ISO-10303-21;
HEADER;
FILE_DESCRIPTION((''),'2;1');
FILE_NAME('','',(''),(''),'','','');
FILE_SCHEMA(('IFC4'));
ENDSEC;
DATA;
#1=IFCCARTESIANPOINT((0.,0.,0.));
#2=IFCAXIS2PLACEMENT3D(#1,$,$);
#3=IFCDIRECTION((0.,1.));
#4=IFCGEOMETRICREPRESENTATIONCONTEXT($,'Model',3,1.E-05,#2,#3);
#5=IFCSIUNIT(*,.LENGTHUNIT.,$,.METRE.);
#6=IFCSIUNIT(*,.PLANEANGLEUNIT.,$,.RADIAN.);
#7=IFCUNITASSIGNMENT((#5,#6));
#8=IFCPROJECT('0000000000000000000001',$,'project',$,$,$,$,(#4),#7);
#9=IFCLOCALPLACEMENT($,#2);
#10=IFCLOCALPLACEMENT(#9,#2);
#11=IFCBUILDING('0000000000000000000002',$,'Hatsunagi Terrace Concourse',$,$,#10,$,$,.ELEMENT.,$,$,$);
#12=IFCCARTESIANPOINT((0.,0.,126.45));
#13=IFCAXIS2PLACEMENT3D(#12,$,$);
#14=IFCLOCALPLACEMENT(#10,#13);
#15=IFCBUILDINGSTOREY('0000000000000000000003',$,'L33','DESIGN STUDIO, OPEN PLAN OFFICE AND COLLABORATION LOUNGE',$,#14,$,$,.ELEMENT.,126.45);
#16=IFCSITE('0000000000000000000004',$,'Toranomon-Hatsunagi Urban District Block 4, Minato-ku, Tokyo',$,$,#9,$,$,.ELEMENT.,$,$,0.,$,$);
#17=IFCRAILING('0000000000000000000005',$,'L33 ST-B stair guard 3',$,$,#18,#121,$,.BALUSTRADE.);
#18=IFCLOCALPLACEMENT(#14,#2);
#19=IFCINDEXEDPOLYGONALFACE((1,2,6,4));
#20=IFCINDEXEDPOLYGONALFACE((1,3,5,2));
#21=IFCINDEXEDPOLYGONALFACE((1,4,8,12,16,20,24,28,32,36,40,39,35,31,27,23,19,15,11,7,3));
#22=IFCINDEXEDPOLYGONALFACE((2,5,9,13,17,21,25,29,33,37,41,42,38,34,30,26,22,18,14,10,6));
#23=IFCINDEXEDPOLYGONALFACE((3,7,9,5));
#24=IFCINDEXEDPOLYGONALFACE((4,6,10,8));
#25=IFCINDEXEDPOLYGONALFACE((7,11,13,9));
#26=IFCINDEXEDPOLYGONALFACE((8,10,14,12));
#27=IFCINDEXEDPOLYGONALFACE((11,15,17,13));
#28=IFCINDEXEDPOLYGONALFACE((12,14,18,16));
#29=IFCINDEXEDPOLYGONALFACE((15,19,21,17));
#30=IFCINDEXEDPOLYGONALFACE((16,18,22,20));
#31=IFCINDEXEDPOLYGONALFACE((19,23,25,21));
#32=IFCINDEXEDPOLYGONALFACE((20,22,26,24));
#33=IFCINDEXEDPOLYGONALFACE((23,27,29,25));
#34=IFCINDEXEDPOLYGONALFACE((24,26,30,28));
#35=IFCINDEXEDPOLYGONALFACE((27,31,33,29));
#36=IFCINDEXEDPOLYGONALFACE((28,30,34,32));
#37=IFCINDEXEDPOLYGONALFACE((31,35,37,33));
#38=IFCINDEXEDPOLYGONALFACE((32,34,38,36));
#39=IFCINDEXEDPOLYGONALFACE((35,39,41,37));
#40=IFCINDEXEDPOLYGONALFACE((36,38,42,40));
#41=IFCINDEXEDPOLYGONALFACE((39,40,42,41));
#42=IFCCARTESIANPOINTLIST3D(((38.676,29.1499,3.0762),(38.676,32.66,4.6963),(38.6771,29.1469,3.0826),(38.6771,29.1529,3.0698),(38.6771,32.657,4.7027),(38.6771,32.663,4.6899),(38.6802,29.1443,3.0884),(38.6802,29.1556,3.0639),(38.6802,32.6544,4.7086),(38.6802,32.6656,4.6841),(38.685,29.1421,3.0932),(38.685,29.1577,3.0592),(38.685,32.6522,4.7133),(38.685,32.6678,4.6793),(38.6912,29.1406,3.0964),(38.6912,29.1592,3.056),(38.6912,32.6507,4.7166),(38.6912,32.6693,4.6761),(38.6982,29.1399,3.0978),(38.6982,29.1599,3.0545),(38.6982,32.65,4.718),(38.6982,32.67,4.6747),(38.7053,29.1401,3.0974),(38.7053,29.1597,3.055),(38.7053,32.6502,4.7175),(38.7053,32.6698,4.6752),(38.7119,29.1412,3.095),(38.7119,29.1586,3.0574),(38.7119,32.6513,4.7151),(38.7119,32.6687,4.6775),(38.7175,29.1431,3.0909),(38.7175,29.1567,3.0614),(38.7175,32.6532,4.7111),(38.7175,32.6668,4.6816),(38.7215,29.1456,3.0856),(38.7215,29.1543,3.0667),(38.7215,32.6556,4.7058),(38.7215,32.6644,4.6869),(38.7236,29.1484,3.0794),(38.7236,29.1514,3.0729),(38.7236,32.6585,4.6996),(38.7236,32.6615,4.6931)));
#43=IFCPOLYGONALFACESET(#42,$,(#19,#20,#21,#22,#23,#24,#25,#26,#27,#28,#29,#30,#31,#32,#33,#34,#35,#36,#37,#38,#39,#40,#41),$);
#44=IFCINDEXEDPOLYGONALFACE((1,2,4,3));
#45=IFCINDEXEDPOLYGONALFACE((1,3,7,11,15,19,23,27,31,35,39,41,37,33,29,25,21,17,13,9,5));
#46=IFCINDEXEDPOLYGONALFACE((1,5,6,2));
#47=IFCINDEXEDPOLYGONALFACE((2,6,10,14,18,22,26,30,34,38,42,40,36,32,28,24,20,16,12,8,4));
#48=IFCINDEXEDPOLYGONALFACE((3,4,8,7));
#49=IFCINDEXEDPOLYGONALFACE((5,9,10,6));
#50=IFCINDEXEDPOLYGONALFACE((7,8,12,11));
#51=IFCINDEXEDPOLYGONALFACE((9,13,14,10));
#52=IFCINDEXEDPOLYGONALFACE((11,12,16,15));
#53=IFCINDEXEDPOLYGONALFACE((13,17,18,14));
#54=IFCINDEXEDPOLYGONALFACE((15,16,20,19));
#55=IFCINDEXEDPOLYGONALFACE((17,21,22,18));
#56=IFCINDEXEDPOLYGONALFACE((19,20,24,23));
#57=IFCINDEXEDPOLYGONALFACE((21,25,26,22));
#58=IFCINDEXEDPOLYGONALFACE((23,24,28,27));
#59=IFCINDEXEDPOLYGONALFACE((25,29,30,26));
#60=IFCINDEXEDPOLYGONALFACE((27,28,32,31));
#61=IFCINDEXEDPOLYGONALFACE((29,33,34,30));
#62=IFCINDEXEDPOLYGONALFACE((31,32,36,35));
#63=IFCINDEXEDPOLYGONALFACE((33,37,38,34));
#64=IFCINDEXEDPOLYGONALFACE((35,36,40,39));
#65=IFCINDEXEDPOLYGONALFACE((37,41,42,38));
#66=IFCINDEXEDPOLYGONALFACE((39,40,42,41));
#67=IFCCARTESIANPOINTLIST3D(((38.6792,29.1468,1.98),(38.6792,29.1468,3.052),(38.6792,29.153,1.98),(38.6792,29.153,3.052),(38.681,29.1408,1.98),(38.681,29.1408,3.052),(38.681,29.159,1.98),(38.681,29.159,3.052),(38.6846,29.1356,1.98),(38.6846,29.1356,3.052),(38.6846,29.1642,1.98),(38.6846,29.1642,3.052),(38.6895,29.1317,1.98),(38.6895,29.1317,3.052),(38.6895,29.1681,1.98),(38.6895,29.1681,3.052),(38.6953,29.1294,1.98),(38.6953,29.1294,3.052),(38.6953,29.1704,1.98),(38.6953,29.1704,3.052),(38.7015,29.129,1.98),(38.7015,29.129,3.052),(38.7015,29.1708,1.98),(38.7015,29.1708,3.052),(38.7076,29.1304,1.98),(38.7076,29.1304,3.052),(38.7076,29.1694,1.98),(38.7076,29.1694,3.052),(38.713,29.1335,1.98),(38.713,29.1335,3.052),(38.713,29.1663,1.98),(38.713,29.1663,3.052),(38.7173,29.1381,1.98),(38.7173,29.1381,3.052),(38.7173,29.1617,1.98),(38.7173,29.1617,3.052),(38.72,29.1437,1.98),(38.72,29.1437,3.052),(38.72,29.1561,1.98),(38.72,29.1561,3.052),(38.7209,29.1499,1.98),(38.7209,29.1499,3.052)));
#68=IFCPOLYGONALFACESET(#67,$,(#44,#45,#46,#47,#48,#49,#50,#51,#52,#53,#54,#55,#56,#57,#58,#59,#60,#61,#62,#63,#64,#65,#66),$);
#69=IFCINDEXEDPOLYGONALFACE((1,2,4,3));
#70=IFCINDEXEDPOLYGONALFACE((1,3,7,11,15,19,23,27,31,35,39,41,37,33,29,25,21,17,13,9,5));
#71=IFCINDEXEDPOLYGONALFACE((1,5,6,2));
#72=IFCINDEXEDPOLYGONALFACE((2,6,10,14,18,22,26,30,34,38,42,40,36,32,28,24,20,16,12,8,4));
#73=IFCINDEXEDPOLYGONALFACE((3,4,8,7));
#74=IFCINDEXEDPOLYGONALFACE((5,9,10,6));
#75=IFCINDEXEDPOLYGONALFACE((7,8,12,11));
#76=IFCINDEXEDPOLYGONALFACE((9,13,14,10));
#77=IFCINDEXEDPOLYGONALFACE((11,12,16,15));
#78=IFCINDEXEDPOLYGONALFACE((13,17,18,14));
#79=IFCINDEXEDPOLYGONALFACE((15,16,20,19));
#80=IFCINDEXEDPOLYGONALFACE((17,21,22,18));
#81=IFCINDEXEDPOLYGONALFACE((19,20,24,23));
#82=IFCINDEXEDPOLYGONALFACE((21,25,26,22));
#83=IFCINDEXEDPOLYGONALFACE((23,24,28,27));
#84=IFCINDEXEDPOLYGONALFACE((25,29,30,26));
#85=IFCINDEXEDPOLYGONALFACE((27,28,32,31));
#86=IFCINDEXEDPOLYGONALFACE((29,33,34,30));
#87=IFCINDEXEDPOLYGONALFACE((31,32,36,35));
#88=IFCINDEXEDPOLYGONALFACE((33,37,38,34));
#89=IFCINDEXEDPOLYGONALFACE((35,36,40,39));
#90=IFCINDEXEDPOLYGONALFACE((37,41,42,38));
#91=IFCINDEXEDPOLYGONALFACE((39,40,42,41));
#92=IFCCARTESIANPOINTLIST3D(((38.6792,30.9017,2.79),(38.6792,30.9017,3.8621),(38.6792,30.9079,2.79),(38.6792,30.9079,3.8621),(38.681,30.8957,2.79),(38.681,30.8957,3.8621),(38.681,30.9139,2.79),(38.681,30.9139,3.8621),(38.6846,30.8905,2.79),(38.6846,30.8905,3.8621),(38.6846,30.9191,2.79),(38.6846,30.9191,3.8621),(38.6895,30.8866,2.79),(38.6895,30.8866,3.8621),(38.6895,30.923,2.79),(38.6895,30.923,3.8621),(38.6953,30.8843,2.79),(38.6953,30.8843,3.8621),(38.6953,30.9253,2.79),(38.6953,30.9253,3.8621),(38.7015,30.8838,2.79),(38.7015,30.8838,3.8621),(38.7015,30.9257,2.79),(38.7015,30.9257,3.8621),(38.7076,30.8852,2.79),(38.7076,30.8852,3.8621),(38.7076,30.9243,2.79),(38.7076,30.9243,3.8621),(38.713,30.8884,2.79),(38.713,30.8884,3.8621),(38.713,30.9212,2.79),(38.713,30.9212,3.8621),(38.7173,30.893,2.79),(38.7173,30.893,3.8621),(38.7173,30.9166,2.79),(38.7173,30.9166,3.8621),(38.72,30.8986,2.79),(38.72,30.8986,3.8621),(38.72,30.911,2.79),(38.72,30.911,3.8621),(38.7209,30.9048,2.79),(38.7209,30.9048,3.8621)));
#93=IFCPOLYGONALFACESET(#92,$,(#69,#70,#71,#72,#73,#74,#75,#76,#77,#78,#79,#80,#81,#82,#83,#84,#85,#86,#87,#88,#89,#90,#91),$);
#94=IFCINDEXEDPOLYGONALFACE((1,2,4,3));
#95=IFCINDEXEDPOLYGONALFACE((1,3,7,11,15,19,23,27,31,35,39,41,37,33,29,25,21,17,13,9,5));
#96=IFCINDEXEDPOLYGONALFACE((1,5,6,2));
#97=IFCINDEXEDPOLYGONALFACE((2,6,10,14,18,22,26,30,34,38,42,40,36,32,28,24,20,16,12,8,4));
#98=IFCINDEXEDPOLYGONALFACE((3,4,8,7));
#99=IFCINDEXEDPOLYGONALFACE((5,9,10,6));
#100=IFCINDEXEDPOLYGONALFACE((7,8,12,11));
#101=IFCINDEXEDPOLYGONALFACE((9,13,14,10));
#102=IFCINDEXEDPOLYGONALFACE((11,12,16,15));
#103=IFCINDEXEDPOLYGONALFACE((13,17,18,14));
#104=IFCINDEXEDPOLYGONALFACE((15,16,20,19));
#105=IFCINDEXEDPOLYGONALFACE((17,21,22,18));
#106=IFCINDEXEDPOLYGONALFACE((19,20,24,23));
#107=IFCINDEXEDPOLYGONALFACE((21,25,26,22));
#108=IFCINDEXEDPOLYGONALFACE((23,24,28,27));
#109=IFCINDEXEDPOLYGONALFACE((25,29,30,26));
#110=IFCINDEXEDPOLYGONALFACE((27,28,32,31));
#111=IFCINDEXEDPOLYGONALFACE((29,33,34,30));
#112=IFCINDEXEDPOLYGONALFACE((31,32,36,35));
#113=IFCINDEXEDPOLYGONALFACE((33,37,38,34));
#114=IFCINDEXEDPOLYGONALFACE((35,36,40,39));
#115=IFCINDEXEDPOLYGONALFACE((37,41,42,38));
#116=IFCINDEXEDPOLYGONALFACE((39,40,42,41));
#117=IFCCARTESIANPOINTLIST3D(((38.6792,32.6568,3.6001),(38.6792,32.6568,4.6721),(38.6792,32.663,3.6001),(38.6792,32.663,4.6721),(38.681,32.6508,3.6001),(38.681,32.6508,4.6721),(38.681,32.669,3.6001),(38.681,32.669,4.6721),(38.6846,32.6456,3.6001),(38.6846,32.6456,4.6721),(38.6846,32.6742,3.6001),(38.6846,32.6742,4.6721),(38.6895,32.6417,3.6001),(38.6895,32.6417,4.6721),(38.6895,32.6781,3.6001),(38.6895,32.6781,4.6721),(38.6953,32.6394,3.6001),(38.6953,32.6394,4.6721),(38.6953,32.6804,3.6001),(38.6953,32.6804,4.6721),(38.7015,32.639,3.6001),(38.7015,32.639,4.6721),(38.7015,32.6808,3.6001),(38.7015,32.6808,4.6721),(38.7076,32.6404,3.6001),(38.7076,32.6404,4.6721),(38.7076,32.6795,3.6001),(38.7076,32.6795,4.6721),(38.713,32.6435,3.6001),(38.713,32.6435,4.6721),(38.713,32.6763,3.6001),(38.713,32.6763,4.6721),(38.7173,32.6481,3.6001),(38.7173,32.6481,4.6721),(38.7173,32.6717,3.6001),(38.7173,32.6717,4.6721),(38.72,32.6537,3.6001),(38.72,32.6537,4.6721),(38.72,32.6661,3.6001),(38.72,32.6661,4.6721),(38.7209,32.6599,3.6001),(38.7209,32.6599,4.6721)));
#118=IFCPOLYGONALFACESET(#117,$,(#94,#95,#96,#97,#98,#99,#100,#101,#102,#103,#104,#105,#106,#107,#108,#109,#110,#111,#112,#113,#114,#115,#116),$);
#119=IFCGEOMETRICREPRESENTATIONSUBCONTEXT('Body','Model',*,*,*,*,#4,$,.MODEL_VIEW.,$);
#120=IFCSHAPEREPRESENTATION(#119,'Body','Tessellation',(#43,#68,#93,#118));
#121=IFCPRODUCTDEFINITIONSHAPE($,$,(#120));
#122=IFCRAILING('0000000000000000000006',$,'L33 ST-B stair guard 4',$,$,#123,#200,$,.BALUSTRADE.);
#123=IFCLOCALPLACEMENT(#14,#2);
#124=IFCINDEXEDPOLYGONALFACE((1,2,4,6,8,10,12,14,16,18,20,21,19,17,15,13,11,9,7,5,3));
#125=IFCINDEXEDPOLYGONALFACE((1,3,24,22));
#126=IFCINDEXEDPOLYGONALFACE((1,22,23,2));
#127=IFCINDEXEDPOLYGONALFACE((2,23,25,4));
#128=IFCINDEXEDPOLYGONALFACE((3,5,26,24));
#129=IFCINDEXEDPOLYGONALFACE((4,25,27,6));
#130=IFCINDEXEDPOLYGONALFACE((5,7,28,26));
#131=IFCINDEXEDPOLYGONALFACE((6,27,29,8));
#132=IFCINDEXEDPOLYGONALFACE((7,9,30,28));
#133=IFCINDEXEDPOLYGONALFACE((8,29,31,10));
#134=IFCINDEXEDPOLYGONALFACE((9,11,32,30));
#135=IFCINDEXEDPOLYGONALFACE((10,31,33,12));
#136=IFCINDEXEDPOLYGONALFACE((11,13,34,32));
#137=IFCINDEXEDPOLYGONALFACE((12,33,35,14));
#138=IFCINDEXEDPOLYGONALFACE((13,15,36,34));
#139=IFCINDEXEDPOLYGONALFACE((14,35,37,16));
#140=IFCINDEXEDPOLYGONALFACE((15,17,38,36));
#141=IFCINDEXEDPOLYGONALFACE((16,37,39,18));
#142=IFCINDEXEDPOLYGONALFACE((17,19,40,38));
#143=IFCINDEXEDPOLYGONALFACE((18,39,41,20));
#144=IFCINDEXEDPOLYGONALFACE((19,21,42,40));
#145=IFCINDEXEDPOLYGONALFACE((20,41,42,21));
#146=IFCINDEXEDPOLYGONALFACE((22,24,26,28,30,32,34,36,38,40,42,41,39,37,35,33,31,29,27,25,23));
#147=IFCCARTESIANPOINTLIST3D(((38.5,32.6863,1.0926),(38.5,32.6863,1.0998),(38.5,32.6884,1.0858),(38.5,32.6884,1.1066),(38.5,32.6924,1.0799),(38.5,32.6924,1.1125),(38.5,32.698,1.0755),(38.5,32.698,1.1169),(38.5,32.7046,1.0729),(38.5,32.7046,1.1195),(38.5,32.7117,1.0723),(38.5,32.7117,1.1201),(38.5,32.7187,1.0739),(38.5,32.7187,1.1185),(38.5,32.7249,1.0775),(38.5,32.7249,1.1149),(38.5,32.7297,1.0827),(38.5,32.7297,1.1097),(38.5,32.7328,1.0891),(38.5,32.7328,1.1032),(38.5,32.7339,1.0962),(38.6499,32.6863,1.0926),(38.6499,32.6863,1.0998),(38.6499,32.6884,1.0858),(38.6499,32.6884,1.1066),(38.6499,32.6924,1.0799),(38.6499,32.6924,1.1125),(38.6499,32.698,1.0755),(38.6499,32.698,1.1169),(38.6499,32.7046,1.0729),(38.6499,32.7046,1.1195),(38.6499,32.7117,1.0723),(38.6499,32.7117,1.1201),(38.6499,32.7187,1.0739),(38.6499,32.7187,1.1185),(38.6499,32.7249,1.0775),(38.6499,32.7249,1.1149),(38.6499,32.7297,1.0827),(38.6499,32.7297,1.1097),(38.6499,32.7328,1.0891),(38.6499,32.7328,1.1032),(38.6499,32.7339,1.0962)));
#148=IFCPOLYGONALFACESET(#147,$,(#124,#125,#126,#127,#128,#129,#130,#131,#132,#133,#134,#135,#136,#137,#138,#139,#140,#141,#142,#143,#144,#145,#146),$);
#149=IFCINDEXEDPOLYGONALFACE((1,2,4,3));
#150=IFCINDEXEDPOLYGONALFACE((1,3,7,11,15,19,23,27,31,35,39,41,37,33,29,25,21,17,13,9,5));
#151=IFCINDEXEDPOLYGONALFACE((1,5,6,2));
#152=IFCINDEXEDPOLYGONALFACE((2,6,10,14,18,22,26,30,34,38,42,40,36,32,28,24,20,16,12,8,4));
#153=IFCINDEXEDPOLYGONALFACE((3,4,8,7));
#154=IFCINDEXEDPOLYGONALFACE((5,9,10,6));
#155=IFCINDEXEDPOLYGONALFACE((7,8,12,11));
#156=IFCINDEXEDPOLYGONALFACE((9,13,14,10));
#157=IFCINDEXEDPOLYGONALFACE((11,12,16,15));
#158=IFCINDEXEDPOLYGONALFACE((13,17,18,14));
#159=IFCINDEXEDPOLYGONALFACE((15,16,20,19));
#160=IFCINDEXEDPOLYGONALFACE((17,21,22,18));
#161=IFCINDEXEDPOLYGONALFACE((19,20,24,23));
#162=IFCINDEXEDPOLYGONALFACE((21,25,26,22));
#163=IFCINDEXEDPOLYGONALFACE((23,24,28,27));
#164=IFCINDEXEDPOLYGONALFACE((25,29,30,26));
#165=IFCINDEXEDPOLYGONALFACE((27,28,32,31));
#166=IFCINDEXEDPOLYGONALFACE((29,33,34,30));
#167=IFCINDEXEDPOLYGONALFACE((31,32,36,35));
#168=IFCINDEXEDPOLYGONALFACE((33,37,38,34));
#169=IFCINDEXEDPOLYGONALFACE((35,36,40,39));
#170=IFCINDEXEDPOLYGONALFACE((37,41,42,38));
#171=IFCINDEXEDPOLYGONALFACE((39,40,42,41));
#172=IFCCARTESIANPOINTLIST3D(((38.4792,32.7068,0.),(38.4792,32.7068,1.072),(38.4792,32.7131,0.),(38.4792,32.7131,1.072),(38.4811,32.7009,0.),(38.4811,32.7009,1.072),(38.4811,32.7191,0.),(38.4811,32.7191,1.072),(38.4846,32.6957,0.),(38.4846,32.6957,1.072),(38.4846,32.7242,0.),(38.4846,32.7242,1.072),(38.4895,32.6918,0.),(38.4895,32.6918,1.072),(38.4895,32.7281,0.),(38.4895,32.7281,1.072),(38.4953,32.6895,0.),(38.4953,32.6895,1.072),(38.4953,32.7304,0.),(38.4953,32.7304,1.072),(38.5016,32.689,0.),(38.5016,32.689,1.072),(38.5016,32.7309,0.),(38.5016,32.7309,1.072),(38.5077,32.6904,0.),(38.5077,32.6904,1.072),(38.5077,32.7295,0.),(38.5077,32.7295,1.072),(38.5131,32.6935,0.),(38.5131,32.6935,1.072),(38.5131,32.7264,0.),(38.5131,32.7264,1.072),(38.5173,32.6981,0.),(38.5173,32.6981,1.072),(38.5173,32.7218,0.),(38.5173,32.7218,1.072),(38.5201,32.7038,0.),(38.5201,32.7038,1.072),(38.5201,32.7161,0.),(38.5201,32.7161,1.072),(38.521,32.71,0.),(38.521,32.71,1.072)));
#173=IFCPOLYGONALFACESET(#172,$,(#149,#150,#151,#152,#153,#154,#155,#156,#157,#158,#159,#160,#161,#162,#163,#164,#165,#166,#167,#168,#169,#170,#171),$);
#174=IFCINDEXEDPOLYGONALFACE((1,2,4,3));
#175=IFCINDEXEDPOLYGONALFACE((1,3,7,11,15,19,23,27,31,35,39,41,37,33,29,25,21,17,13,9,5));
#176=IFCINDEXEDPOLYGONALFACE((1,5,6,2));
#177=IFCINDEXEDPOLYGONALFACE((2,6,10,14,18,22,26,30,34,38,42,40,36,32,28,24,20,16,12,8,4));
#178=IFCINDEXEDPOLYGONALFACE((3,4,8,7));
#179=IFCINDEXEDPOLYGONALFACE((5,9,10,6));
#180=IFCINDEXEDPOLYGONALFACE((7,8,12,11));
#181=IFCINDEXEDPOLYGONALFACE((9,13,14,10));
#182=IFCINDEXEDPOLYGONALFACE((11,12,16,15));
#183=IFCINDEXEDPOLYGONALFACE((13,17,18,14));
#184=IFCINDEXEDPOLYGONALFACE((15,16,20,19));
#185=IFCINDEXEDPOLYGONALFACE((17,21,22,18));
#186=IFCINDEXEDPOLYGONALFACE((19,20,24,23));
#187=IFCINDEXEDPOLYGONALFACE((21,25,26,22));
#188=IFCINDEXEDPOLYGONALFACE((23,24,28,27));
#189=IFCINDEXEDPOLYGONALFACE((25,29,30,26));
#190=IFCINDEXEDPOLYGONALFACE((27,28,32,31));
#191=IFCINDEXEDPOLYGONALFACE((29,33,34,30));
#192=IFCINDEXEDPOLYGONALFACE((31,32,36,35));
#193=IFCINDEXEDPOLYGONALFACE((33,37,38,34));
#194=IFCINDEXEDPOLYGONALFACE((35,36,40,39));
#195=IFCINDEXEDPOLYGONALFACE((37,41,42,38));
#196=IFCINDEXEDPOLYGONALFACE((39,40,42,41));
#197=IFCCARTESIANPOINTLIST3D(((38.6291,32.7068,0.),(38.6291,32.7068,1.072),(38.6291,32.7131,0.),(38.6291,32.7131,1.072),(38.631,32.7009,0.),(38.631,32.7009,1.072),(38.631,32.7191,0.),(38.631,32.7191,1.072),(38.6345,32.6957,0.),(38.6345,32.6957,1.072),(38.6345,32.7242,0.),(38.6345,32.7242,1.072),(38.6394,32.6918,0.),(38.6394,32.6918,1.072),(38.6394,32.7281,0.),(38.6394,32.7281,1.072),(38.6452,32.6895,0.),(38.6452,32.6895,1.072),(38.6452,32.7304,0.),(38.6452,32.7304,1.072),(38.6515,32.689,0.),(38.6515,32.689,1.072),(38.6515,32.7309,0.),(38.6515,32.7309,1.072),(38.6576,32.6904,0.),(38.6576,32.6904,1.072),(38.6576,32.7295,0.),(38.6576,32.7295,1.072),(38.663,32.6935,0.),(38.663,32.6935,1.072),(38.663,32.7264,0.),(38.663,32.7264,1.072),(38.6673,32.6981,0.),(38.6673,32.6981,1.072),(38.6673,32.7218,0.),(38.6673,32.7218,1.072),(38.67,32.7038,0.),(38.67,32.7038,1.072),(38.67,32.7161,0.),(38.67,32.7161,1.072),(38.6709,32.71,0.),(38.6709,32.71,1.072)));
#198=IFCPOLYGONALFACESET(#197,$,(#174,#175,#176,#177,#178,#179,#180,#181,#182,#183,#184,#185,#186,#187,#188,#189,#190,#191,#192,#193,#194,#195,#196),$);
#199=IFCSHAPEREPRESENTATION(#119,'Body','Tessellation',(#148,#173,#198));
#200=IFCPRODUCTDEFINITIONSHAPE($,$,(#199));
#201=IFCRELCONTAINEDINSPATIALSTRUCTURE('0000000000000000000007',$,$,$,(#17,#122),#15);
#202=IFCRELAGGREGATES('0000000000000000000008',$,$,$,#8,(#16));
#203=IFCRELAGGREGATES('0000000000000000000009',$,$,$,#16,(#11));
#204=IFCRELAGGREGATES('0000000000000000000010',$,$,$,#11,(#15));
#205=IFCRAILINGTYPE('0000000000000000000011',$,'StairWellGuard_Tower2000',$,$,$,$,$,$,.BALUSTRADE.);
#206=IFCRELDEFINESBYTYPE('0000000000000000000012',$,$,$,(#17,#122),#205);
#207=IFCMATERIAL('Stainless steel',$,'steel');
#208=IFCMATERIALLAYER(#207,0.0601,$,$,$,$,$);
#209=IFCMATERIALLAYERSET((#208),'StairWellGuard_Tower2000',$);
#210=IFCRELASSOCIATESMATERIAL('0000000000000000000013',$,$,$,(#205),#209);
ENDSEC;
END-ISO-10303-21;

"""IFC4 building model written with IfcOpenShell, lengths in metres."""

from ifc_helpers import new_model, si_unit, direction, frame, origin, origin_2d, place, context, subcontext, project, spatial, circle, extrude, material, layer, layer_set, type_object, element, save


model = new_model("IFC4")

# Units and contexts
model_context = context("Model", 3, precision=1e-05, world=origin(), true_north=direction((0.0, 1.0)))
body_context = subcontext(model_context, "Body", "Model", "MODEL_VIEW")
ifc_project = project(units=[si_unit("LENGTHUNIT", "METRE"), si_unit("PLANEANGLEUNIT", "RADIAN")], contexts=[model_context])

# Site, building, storey
site_placement = place(None, origin())
site = spatial("IfcSite", under=ifc_project, at=site_placement, Name="Toranomon-Hatsunagi Urban District Block 4, Minato-ku, Tokyo", CompositionType="ELEMENT", RefElevation=0.0)
building_placement = place(site_placement, origin())
building = spatial("IfcBuilding", under=site, at=building_placement, Name="Hatsunagi Terrace Concourse", CompositionType="ELEMENT")
storey_placement = place(building_placement, frame((0.0, 0.0, 126.45)))
storey = spatial("IfcBuildingStorey", under=building, at=storey_placement, Name="L33", Description="DESIGN STUDIO, OPEN PLAN OFFICE AND COLLABORATION LOUNGE", CompositionType="ELEMENT", Elevation=126.45)

# Railings
ifc_material_1 = material(Name="Stainless steel", Category="steel")
ifc_layer_1 = layer(ifc_material_1, 0.0601)
ifc_layer_set_1 = layer_set([ifc_layer_1], Name="StairWellGuard_Tower2000")
railing_type_1 = type_object("IfcRailingType", Name="StairWellGuard_Tower2000", PredefinedType="BALUSTRADE", material=ifc_layer_set_1)
railing_1_placement = place(storey_placement, frame((38.7, 29.1499, 1.98)))
element("IfcRailing", 1, at=railing_1_placement, inside=storey, type_object=railing_type_1, Name="L33 ST-B stair guard 3", PredefinedType="BALUSTRADE", context=body_context, shape_type="SweptSolid", body=[
    extrude(circle(Radius=0.0239, at=origin_2d()), frame((0.0, 0.0, 1.0962), z_axis=(0.0, 0.907948, 0.419082), x_axis=(-1.0, 0.0, 0.0)), (0.0, 0.0, 1.0), 3.866),
    extrude(circle(Radius=0.021, at=origin_2d()), origin(), (0.0, 0.0, 1.0), 1.072),
    extrude(circle(Radius=0.021, at=origin_2d()), frame((0.0, 1.7549, 0.8101)), (0.0, 0.0, 1.0), 1.072),
    extrude(circle(Radius=0.021, at=origin_2d()), frame((0.0, 3.51, 1.6201)), (0.0, 0.0, 1.0), 1.072),
])
railing_2_placement = place(storey_placement, frame((38.5, 32.71, 0.0)))
element("IfcRailing", 2, at=railing_2_placement, inside=storey, type_object=railing_type_1, Name="L33 ST-B stair guard 4", PredefinedType="BALUSTRADE", context=body_context, shape_type="SweptSolid", body=[
    extrude(circle(Radius=0.0239, at=origin_2d()), frame((0.0, 0.0, 1.0962), z_axis=(1.0, 0.0, 0.0), x_axis=(0.0, 1.0, 0.0)), (0.0, 0.0, 1.0), 0.1499),
    extrude(circle(Radius=0.021, at=origin_2d()), origin(), (0.0, 0.0, 1.0), 1.072),
    extrude(circle(Radius=0.021, at=origin_2d()), frame((0.1499, 0.0, 0.0)), (0.0, 0.0, 1.0), 1.072),
])

save(model, "model.ifc")
